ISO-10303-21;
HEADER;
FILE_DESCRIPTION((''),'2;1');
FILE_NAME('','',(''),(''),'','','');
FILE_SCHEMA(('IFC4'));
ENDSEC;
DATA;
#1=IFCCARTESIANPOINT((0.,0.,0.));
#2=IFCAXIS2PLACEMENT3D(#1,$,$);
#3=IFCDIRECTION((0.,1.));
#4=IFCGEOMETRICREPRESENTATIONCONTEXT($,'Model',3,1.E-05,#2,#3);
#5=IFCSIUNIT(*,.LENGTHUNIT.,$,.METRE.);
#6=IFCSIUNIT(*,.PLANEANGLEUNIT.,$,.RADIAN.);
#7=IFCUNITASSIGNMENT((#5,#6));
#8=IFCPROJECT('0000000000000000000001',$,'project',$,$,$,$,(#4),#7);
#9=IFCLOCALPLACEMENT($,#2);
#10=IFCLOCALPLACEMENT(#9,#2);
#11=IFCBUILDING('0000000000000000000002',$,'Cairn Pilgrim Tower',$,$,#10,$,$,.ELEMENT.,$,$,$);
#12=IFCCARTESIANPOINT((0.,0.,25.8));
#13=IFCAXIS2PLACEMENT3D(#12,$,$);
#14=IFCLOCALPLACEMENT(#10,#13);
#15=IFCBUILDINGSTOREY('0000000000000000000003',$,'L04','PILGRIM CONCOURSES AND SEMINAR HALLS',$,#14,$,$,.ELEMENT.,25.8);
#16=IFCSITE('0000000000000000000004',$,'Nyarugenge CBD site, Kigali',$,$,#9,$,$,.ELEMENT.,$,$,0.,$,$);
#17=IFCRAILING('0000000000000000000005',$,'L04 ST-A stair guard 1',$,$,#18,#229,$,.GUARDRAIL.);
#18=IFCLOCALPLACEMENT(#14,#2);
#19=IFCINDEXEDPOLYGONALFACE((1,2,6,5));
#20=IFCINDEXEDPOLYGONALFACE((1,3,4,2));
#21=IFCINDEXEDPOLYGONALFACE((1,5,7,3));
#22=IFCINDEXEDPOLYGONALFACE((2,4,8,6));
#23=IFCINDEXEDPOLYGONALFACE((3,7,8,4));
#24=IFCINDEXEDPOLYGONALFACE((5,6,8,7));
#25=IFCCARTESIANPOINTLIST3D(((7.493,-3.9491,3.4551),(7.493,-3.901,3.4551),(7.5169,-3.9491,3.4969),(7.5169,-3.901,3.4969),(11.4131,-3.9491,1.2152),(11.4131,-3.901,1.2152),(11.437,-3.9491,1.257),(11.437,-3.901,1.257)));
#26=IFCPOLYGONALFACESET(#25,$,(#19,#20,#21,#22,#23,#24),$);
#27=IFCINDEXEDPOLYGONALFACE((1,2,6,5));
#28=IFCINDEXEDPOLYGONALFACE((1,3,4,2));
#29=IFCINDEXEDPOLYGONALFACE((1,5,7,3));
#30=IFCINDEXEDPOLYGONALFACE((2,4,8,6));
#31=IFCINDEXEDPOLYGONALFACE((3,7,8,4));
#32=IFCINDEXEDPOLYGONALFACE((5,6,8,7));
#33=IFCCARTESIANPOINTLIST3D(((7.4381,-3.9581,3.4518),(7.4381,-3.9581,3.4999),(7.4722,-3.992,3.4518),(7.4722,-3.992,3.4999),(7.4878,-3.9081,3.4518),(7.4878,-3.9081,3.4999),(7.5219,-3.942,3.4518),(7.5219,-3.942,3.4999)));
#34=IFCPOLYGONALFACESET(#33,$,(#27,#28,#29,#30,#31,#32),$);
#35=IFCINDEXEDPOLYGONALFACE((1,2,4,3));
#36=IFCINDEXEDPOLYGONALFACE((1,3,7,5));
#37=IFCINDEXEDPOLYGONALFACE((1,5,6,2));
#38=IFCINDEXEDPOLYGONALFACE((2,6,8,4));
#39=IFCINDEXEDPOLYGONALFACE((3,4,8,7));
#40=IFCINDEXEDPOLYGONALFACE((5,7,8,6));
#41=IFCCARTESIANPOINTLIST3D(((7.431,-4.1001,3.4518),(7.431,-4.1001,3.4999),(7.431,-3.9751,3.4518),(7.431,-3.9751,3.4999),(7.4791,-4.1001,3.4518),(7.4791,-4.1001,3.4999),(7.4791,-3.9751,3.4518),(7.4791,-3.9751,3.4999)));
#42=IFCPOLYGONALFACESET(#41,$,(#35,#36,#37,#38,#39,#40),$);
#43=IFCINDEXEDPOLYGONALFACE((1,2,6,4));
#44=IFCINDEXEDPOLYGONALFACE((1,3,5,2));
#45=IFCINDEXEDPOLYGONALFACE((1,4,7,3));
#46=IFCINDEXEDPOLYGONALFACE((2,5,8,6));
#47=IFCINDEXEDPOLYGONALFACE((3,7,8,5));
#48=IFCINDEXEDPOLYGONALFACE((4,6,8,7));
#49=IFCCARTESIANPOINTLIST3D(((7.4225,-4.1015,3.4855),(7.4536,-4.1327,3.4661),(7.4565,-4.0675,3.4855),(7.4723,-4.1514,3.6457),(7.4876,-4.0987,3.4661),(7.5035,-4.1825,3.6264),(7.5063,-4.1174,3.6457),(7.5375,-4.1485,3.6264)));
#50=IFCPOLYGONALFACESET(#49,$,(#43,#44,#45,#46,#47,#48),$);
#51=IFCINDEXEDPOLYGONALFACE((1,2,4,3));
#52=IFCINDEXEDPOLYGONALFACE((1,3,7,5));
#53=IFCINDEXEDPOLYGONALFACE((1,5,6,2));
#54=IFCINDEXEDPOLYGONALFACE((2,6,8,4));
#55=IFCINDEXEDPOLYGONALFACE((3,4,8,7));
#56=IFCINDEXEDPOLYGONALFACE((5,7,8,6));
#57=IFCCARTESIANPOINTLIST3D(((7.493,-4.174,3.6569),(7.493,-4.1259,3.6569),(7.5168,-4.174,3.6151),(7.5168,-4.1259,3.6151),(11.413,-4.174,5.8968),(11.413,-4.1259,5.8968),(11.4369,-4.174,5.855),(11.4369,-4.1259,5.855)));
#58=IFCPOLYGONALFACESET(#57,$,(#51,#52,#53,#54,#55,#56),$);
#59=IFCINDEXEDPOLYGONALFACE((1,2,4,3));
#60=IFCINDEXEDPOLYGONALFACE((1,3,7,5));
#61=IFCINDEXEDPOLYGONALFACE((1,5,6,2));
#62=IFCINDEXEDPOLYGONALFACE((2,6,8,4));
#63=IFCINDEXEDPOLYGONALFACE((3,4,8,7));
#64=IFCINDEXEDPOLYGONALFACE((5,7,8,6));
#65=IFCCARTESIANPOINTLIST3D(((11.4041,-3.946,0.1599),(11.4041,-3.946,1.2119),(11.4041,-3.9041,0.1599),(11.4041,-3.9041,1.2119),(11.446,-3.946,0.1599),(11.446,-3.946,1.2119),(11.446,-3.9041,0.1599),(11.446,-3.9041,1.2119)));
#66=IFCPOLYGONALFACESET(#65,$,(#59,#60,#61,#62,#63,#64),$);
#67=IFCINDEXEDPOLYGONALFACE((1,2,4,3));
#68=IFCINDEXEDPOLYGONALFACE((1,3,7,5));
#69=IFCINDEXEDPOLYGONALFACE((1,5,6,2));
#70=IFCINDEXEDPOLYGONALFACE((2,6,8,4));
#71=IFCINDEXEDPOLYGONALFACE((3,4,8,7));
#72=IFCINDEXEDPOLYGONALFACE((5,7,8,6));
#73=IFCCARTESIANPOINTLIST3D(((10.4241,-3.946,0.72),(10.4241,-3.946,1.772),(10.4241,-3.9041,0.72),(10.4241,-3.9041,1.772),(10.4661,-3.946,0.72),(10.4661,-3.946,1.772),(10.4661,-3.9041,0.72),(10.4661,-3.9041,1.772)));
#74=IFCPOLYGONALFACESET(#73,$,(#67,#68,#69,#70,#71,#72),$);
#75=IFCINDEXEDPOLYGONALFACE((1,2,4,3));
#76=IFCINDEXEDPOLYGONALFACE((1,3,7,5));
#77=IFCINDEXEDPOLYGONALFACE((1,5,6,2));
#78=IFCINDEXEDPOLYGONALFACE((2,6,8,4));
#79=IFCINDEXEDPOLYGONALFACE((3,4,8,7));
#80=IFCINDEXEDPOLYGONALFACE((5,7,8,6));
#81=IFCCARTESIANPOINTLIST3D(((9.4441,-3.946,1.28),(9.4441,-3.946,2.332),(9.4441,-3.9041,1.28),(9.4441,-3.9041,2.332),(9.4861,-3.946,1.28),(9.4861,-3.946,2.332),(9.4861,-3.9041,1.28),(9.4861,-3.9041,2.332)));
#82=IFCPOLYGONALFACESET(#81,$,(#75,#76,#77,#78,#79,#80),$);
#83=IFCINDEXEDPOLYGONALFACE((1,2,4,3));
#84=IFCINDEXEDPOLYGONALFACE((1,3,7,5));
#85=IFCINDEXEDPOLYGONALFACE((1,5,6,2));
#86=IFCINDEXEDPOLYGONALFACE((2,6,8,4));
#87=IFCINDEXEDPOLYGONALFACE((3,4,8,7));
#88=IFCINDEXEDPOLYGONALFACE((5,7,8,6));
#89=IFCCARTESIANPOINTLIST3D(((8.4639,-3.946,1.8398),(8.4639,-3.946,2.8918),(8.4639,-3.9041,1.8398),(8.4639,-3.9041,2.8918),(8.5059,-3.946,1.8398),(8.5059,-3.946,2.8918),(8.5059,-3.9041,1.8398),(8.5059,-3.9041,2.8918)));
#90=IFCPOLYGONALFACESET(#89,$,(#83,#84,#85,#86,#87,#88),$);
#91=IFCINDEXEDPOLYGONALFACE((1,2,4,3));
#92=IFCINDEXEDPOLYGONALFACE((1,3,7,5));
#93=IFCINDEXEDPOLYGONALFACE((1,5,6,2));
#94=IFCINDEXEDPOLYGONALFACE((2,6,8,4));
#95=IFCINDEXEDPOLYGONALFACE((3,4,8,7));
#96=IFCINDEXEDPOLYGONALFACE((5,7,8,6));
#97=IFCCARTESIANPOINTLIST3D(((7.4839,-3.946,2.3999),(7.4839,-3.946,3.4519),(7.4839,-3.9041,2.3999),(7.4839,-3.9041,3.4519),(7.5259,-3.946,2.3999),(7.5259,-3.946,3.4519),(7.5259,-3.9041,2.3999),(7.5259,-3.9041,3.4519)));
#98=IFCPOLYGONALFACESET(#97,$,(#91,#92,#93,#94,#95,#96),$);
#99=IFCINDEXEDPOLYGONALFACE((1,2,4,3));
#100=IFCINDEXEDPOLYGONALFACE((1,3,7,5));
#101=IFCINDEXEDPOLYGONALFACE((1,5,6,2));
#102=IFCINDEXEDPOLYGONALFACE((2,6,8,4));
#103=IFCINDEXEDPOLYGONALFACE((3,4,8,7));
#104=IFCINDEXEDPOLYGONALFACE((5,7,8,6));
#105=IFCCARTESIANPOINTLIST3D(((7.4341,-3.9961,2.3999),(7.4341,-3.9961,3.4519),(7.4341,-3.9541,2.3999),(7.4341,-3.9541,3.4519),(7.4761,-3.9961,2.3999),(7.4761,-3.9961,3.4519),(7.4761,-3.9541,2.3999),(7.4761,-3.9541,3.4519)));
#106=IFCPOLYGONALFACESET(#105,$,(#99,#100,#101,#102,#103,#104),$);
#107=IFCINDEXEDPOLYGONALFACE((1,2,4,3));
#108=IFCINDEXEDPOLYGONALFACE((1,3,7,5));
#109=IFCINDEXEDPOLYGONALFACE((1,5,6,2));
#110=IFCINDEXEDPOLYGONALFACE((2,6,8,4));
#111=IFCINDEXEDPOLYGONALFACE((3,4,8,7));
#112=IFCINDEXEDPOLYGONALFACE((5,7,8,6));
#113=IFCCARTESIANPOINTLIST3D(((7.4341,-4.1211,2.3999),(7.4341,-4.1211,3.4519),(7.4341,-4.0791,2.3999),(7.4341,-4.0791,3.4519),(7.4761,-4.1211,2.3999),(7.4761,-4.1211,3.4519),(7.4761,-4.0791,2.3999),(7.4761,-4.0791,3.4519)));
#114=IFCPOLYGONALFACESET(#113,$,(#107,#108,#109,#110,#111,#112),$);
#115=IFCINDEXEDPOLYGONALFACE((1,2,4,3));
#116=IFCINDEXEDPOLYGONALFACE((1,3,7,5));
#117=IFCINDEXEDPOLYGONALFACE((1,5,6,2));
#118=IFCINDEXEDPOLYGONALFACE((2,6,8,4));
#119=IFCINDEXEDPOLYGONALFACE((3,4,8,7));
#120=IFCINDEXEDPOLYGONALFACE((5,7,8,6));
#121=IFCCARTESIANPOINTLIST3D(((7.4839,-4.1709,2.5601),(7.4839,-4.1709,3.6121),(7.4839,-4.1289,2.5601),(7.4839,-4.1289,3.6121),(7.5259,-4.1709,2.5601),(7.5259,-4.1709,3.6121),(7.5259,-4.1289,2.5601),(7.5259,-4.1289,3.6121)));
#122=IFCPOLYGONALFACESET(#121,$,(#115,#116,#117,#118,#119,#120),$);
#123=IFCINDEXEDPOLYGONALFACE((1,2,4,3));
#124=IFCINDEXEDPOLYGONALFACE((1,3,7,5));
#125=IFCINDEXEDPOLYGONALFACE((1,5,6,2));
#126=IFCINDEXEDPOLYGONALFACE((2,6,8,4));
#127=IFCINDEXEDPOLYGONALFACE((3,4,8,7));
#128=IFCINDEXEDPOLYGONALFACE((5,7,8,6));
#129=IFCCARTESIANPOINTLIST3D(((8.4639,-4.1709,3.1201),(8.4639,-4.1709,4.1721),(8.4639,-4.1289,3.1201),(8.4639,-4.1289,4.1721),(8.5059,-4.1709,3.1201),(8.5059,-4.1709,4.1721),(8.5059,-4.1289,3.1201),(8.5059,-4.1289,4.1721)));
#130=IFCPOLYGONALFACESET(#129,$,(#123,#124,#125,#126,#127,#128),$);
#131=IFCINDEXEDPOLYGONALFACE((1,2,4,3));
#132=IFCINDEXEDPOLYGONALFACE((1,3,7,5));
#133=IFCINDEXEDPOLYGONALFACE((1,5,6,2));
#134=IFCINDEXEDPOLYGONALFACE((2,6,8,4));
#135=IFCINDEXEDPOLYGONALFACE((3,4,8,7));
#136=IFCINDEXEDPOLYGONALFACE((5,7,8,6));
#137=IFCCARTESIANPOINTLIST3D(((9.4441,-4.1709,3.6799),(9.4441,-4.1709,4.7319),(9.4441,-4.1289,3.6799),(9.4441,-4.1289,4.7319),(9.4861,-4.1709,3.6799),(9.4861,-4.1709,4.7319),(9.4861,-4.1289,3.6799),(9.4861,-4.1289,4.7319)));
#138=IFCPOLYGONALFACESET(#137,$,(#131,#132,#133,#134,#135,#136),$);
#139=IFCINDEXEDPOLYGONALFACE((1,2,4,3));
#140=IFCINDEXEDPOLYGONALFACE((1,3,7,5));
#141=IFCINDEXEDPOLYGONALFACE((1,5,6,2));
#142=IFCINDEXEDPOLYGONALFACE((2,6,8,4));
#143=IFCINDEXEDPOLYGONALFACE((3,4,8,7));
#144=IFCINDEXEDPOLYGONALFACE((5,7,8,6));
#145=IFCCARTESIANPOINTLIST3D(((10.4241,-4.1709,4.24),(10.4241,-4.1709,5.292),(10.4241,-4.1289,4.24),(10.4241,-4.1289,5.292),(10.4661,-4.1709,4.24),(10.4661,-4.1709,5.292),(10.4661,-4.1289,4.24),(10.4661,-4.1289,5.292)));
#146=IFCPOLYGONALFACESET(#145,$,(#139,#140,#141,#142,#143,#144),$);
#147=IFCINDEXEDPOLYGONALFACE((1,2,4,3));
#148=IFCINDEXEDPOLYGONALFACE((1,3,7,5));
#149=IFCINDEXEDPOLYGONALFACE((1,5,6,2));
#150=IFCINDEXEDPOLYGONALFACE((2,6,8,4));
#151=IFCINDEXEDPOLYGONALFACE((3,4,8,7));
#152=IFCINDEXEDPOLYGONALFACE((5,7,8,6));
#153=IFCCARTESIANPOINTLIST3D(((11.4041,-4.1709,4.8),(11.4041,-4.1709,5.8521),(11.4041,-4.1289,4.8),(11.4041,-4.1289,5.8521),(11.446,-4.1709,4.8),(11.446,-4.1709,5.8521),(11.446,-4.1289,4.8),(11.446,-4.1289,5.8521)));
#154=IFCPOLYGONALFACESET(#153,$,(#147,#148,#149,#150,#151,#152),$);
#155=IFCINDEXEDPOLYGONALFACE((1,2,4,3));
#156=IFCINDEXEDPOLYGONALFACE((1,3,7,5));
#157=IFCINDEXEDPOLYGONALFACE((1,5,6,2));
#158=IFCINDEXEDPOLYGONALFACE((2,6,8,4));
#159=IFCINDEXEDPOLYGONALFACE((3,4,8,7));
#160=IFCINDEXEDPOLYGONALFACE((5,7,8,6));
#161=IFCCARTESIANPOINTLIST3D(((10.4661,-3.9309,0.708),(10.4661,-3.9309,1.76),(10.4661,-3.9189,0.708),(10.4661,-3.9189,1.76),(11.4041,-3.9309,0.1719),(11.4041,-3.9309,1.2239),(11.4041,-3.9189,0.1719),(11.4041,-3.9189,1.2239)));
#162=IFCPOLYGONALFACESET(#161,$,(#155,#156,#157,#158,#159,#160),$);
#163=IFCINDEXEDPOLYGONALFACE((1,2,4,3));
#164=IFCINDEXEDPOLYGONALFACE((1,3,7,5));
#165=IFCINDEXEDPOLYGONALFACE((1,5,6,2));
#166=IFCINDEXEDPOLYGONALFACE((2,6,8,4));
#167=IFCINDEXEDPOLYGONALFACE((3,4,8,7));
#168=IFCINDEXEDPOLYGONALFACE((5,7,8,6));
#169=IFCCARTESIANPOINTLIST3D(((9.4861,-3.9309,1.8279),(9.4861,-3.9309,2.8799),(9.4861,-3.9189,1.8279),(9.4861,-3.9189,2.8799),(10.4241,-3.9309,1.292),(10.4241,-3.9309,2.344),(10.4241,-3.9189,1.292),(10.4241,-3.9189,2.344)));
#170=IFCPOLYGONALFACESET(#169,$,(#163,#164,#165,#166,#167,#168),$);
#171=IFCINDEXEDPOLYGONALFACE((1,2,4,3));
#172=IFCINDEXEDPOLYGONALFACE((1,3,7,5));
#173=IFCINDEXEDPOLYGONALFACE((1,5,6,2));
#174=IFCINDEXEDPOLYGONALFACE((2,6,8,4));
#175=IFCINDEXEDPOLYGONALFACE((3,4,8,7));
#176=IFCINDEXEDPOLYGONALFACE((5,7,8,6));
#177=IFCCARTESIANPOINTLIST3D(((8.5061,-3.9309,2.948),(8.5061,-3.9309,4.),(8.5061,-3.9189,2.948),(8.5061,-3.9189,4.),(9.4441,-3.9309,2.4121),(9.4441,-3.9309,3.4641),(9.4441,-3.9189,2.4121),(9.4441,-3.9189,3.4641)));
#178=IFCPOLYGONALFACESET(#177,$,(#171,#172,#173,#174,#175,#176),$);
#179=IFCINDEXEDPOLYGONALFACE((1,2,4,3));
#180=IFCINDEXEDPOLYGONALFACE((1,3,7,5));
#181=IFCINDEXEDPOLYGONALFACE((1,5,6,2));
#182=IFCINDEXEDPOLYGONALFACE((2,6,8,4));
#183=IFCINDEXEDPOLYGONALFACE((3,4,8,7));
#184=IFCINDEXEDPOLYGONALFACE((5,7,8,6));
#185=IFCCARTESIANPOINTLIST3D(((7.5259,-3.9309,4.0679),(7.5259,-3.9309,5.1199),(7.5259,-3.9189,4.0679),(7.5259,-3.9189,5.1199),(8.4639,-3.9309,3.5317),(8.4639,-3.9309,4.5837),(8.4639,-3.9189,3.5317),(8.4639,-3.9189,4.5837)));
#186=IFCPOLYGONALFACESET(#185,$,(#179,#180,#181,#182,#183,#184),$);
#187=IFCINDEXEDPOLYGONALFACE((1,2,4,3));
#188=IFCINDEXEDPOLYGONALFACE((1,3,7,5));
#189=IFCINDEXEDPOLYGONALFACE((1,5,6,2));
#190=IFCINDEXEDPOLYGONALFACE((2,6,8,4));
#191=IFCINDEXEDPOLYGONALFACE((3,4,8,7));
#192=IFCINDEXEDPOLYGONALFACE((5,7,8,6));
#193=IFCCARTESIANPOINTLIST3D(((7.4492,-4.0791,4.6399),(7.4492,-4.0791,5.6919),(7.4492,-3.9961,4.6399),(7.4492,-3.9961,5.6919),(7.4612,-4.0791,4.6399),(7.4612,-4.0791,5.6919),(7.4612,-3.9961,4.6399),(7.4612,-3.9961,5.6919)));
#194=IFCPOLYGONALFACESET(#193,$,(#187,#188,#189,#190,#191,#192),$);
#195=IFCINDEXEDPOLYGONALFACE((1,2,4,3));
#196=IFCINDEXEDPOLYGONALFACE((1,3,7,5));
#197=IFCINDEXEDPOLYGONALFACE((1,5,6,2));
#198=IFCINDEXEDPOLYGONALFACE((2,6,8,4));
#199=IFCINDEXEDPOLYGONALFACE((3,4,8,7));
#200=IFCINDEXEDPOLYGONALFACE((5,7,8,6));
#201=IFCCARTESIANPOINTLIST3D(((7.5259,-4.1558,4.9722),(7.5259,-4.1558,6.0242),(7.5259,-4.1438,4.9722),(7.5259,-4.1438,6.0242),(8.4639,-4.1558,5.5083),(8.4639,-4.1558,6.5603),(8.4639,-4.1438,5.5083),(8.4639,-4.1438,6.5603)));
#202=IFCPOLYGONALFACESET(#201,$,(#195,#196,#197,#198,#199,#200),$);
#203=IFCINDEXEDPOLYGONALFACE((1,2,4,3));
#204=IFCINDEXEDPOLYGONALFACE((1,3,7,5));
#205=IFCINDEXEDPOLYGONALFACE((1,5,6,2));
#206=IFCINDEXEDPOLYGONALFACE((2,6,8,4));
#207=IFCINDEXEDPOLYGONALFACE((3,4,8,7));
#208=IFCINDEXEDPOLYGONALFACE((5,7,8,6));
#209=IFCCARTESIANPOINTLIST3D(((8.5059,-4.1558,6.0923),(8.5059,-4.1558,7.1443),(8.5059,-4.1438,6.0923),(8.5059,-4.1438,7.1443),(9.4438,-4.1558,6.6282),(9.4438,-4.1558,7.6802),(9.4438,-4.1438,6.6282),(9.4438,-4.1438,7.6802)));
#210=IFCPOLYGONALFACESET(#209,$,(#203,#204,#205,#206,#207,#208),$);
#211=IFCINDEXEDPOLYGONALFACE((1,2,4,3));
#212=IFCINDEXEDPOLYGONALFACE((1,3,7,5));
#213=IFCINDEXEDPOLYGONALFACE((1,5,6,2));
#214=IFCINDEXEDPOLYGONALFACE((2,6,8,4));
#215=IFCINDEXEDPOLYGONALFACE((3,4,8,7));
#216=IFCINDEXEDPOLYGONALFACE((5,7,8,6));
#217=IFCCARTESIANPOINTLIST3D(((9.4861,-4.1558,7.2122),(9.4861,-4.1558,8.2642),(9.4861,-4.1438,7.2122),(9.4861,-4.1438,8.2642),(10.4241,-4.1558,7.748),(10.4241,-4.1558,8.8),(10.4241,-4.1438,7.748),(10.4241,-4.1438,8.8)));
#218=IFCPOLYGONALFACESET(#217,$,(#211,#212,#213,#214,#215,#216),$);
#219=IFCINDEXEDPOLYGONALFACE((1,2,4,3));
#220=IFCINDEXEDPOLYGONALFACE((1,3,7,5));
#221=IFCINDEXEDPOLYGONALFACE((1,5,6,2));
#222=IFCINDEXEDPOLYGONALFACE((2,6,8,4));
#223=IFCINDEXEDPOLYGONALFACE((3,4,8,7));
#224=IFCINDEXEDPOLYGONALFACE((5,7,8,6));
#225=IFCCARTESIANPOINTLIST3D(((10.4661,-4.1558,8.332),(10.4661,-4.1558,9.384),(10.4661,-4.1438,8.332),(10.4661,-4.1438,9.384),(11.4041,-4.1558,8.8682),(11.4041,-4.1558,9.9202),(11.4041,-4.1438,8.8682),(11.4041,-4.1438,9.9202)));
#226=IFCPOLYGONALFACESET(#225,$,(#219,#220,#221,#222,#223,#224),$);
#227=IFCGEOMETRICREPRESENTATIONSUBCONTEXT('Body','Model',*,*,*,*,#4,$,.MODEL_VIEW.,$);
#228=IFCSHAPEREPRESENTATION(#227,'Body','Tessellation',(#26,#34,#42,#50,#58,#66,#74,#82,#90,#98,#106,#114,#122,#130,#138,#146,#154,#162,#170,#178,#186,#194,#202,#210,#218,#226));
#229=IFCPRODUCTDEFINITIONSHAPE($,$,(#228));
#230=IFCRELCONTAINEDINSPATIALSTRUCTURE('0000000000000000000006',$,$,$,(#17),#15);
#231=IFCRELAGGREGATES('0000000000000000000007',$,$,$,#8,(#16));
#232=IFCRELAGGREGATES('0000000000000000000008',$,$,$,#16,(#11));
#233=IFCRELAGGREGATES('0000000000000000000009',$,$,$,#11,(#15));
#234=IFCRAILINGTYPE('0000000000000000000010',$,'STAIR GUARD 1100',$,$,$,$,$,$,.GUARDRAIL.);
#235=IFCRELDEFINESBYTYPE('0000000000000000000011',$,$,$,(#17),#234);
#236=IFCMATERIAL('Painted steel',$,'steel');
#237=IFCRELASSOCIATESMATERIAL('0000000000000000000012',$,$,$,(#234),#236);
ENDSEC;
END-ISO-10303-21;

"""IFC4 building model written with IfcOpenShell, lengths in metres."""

from ifc_helpers import new_model, si_unit, direction, frame, origin, origin_2d, place, context, subcontext, project, spatial, polyline, rectangle, outline, extrude, material, type_object, element, save


model = new_model("IFC4")

# Units and contexts
model_context = context("Model", 3, precision=1e-05, world=origin(), true_north=direction((0.0, 1.0)))
body_context = subcontext(model_context, "Body", "Model", "MODEL_VIEW")
ifc_project = project(units=[si_unit("LENGTHUNIT", "METRE"), si_unit("PLANEANGLEUNIT", "RADIAN")], contexts=[model_context])

# Site, building, storey
site_placement = place(None, origin())
site = spatial("IfcSite", under=ifc_project, at=site_placement, Name="Nyarugenge CBD site, Kigali", CompositionType="ELEMENT", RefElevation=0.0)
building_placement = place(site_placement, origin())
building = spatial("IfcBuilding", under=site, at=building_placement, Name="Cairn Pilgrim Tower", CompositionType="ELEMENT")
storey_placement = place(building_placement, frame((0.0, 0.0, 25.8)))
storey = spatial("IfcBuildingStorey", under=building, at=storey_placement, Name="L04", Description="PILGRIM CONCOURSES AND SEMINAR HALLS", CompositionType="ELEMENT", Elevation=25.8)

# Railing
ifc_material_1 = material(Name="Painted steel", Category="steel")
railing_type_1 = type_object("IfcRailingType", Name="STAIR GUARD 1100", PredefinedType="GUARDRAIL", material=ifc_material_1)
railing_1_placement = place(storey_placement, frame((11.425, -3.925, 0.1599)))
element("IfcRailing", 1, at=railing_1_placement, inside=storey, type_object=railing_type_1, Name="L04 ST-A stair guard 1", PredefinedType="GUARDRAIL", context=body_context, shape_type="SweptSolid", body=[
    extrude(rectangle(XDim=0.0481, YDim=0.0481, at=origin_2d()), frame((0.0, 0.0, 1.0762), z_axis=(-0.868253, 0.0, 0.496121), x_axis=(0.0, -1.0, 0.0)), (0.0, 0.0, 1.0), 4.5149),
    extrude(rectangle(XDim=0.0481, YDim=0.0481, at=origin_2d()), frame((-3.9202, 0.0, 3.3159), z_axis=(-0.705376, -0.708834, 0.0), x_axis=(0.708834, -0.705376, 0.0)), (0.0, 0.0, 1.0), 0.0706),
    extrude(rectangle(XDim=0.0481, YDim=0.0481, at=origin_2d()), frame((-3.97, -0.05, 3.3159), z_axis=(0.0, -1.0, 0.0), x_axis=(1.0, 0.0, 0.0)), (0.0, 0.0, 1.0), 0.125),
    extrude(rectangle(XDim=0.0481, YDim=0.0481, at=origin_2d()), frame((-3.97, -0.175, 3.3159), z_axis=(0.284663, -0.284663, 0.915387), x_axis=(0.707107, 0.707107, 0.0)), (0.0, 0.0, 1.0), 0.175),
    extrude(rectangle(XDim=0.0481, YDim=0.0481, at=origin_2d()), frame((-3.9202, -0.2249, 3.4761), z_axis=(0.868253, 0.0, 0.496121), x_axis=(0.0, 1.0, 0.0)), (0.0, 0.0, 1.0), 4.5149),
    extrude(rectangle(XDim=0.042, YDim=0.042, at=origin_2d()), origin(), (0.0, 0.0, 1.0), 1.052),
    extrude(rectangle(XDim=0.042, YDim=0.042, at=origin_2d()), frame((-0.98, 0.0, 0.5601)), (0.0, 0.0, 1.0), 1.052),
    extrude(rectangle(XDim=0.042, YDim=0.042, at=origin_2d()), frame((-1.96, 0.0, 1.1201)), (0.0, 0.0, 1.0), 1.052),
    extrude(rectangle(XDim=0.042, YDim=0.042, at=origin_2d()), frame((-2.9402, 0.0, 1.6799)), (0.0, 0.0, 1.0), 1.052),
    extrude(rectangle(XDim=0.042, YDim=0.042, at=origin_2d()), frame((-3.9202, 0.0, 2.24)), (0.0, 0.0, 1.0), 1.052),
    extrude(rectangle(XDim=0.042, YDim=0.042, at=origin_2d()), frame((-3.97, -0.05, 2.24)), (0.0, 0.0, 1.0), 1.052),
    extrude(rectangle(XDim=0.042, YDim=0.042, at=origin_2d()), frame((-3.97, -0.175, 2.24)), (0.0, 0.0, 1.0), 1.052),
    extrude(rectangle(XDim=0.042, YDim=0.042, at=origin_2d()), frame((-3.9202, -0.2249, 2.4001)), (0.0, 0.0, 1.0), 1.052),
    extrude(rectangle(XDim=0.042, YDim=0.042, at=origin_2d()), frame((-2.9402, -0.2249, 2.9602)), (0.0, 0.0, 1.0), 1.052),
    extrude(rectangle(XDim=0.042, YDim=0.042, at=origin_2d()), frame((-1.96, -0.2249, 3.52)), (0.0, 0.0, 1.0), 1.052),
    extrude(rectangle(XDim=0.042, YDim=0.042, at=origin_2d()), frame((-0.98, -0.2249, 4.0801)), (0.0, 0.0, 1.0), 1.052),
    extrude(rectangle(XDim=0.042, YDim=0.042, at=origin_2d()), frame((0.0, -0.2249, 4.6401)), (0.0, 0.0, 1.0), 1.052),
    extrude(outline(polyline([(0.021, 0.012), (0.959, 0.5481), (0.959, 1.6001), (0.021, 1.064), (0.021, 0.012)])), frame((0.0, -0.0059, 0.0), z_axis=(0.0, 1.0, 0.0), x_axis=(-1.0, 0.0, 0.0)), (0.0, 0.0, 1.0), 0.012),
    extrude(outline(polyline([(0.021, 0.572), (0.959, 1.1079), (0.959, 2.1599), (0.021, 1.624), (0.021, 0.572)])), frame((-0.98, -0.0059, 0.5601), z_axis=(0.0, 1.0, 0.0), x_axis=(-1.0, 0.0, 0.0)), (0.0, 0.0, 1.0), 0.012),
    extrude(outline(polyline([(0.021, 1.1321), (0.959, 1.668), (0.959, 2.72), (0.021, 2.1841), (0.021, 1.1321)])), frame((-1.96, -0.0059, 1.1201), z_axis=(0.0, 1.0, 0.0), x_axis=(-1.0, 0.0, 0.0)), (0.0, 0.0, 1.0), 0.012),
    extrude(outline(polyline([(0.021, 1.6919), (0.959, 2.228), (0.959, 3.28), (0.021, 2.7439), (0.021, 1.6919)])), frame((-2.9402, -0.0059, 1.6799), z_axis=(0.0, 1.0, 0.0), x_axis=(-1.0, 0.0, 0.0)), (0.0, 0.0, 1.0), 0.012),
    extrude(outline(polyline([(0.021, 2.24), (0.104, 2.24), (0.104, 3.292), (0.021, 3.292), (0.021, 2.24)])), frame((-3.9639, -0.05, 2.24), z_axis=(-1.0, 0.0, 0.0), x_axis=(0.0, -1.0, 0.0)), (0.0, 0.0, 1.0), 0.012),
    extrude(outline(polyline([(0.021, 2.4121), (0.959, 2.9482), (0.959, 4.0002), (0.021, 3.4641), (0.021, 2.4121)])), frame((-3.9202, -0.2188, 2.4001), z_axis=(0.0, -1.0, 0.0), x_axis=(1.0, 0.0, 0.0)), (0.0, 0.0, 1.0), 0.012),
    extrude(outline(polyline([(0.021, 2.9722), (0.959, 3.5081), (0.959, 4.5601), (0.021, 4.0242), (0.021, 2.9722)])), frame((-2.9402, -0.2188, 2.9602), z_axis=(0.0, -1.0, 0.0), x_axis=(1.0, 0.0, 0.0)), (0.0, 0.0, 1.0), 0.012),
    extrude(outline(polyline([(0.021, 3.5322), (0.959, 4.0681), (0.959, 5.1201), (0.021, 4.5842), (0.021, 3.5322)])), frame((-1.96, -0.2188, 3.52), z_axis=(0.0, -1.0, 0.0), x_axis=(1.0, 0.0, 0.0)), (0.0, 0.0, 1.0), 0.012),
    extrude(outline(polyline([(0.021, 4.092), (0.959, 4.6282), (0.959, 5.6802), (0.021, 5.144), (0.021, 4.092)])), frame((-0.98, -0.2188, 4.0801), z_axis=(0.0, -1.0, 0.0), x_axis=(1.0, 0.0, 0.0)), (0.0, 0.0, 1.0), 0.012),
])

save(model, "model.ifc")
